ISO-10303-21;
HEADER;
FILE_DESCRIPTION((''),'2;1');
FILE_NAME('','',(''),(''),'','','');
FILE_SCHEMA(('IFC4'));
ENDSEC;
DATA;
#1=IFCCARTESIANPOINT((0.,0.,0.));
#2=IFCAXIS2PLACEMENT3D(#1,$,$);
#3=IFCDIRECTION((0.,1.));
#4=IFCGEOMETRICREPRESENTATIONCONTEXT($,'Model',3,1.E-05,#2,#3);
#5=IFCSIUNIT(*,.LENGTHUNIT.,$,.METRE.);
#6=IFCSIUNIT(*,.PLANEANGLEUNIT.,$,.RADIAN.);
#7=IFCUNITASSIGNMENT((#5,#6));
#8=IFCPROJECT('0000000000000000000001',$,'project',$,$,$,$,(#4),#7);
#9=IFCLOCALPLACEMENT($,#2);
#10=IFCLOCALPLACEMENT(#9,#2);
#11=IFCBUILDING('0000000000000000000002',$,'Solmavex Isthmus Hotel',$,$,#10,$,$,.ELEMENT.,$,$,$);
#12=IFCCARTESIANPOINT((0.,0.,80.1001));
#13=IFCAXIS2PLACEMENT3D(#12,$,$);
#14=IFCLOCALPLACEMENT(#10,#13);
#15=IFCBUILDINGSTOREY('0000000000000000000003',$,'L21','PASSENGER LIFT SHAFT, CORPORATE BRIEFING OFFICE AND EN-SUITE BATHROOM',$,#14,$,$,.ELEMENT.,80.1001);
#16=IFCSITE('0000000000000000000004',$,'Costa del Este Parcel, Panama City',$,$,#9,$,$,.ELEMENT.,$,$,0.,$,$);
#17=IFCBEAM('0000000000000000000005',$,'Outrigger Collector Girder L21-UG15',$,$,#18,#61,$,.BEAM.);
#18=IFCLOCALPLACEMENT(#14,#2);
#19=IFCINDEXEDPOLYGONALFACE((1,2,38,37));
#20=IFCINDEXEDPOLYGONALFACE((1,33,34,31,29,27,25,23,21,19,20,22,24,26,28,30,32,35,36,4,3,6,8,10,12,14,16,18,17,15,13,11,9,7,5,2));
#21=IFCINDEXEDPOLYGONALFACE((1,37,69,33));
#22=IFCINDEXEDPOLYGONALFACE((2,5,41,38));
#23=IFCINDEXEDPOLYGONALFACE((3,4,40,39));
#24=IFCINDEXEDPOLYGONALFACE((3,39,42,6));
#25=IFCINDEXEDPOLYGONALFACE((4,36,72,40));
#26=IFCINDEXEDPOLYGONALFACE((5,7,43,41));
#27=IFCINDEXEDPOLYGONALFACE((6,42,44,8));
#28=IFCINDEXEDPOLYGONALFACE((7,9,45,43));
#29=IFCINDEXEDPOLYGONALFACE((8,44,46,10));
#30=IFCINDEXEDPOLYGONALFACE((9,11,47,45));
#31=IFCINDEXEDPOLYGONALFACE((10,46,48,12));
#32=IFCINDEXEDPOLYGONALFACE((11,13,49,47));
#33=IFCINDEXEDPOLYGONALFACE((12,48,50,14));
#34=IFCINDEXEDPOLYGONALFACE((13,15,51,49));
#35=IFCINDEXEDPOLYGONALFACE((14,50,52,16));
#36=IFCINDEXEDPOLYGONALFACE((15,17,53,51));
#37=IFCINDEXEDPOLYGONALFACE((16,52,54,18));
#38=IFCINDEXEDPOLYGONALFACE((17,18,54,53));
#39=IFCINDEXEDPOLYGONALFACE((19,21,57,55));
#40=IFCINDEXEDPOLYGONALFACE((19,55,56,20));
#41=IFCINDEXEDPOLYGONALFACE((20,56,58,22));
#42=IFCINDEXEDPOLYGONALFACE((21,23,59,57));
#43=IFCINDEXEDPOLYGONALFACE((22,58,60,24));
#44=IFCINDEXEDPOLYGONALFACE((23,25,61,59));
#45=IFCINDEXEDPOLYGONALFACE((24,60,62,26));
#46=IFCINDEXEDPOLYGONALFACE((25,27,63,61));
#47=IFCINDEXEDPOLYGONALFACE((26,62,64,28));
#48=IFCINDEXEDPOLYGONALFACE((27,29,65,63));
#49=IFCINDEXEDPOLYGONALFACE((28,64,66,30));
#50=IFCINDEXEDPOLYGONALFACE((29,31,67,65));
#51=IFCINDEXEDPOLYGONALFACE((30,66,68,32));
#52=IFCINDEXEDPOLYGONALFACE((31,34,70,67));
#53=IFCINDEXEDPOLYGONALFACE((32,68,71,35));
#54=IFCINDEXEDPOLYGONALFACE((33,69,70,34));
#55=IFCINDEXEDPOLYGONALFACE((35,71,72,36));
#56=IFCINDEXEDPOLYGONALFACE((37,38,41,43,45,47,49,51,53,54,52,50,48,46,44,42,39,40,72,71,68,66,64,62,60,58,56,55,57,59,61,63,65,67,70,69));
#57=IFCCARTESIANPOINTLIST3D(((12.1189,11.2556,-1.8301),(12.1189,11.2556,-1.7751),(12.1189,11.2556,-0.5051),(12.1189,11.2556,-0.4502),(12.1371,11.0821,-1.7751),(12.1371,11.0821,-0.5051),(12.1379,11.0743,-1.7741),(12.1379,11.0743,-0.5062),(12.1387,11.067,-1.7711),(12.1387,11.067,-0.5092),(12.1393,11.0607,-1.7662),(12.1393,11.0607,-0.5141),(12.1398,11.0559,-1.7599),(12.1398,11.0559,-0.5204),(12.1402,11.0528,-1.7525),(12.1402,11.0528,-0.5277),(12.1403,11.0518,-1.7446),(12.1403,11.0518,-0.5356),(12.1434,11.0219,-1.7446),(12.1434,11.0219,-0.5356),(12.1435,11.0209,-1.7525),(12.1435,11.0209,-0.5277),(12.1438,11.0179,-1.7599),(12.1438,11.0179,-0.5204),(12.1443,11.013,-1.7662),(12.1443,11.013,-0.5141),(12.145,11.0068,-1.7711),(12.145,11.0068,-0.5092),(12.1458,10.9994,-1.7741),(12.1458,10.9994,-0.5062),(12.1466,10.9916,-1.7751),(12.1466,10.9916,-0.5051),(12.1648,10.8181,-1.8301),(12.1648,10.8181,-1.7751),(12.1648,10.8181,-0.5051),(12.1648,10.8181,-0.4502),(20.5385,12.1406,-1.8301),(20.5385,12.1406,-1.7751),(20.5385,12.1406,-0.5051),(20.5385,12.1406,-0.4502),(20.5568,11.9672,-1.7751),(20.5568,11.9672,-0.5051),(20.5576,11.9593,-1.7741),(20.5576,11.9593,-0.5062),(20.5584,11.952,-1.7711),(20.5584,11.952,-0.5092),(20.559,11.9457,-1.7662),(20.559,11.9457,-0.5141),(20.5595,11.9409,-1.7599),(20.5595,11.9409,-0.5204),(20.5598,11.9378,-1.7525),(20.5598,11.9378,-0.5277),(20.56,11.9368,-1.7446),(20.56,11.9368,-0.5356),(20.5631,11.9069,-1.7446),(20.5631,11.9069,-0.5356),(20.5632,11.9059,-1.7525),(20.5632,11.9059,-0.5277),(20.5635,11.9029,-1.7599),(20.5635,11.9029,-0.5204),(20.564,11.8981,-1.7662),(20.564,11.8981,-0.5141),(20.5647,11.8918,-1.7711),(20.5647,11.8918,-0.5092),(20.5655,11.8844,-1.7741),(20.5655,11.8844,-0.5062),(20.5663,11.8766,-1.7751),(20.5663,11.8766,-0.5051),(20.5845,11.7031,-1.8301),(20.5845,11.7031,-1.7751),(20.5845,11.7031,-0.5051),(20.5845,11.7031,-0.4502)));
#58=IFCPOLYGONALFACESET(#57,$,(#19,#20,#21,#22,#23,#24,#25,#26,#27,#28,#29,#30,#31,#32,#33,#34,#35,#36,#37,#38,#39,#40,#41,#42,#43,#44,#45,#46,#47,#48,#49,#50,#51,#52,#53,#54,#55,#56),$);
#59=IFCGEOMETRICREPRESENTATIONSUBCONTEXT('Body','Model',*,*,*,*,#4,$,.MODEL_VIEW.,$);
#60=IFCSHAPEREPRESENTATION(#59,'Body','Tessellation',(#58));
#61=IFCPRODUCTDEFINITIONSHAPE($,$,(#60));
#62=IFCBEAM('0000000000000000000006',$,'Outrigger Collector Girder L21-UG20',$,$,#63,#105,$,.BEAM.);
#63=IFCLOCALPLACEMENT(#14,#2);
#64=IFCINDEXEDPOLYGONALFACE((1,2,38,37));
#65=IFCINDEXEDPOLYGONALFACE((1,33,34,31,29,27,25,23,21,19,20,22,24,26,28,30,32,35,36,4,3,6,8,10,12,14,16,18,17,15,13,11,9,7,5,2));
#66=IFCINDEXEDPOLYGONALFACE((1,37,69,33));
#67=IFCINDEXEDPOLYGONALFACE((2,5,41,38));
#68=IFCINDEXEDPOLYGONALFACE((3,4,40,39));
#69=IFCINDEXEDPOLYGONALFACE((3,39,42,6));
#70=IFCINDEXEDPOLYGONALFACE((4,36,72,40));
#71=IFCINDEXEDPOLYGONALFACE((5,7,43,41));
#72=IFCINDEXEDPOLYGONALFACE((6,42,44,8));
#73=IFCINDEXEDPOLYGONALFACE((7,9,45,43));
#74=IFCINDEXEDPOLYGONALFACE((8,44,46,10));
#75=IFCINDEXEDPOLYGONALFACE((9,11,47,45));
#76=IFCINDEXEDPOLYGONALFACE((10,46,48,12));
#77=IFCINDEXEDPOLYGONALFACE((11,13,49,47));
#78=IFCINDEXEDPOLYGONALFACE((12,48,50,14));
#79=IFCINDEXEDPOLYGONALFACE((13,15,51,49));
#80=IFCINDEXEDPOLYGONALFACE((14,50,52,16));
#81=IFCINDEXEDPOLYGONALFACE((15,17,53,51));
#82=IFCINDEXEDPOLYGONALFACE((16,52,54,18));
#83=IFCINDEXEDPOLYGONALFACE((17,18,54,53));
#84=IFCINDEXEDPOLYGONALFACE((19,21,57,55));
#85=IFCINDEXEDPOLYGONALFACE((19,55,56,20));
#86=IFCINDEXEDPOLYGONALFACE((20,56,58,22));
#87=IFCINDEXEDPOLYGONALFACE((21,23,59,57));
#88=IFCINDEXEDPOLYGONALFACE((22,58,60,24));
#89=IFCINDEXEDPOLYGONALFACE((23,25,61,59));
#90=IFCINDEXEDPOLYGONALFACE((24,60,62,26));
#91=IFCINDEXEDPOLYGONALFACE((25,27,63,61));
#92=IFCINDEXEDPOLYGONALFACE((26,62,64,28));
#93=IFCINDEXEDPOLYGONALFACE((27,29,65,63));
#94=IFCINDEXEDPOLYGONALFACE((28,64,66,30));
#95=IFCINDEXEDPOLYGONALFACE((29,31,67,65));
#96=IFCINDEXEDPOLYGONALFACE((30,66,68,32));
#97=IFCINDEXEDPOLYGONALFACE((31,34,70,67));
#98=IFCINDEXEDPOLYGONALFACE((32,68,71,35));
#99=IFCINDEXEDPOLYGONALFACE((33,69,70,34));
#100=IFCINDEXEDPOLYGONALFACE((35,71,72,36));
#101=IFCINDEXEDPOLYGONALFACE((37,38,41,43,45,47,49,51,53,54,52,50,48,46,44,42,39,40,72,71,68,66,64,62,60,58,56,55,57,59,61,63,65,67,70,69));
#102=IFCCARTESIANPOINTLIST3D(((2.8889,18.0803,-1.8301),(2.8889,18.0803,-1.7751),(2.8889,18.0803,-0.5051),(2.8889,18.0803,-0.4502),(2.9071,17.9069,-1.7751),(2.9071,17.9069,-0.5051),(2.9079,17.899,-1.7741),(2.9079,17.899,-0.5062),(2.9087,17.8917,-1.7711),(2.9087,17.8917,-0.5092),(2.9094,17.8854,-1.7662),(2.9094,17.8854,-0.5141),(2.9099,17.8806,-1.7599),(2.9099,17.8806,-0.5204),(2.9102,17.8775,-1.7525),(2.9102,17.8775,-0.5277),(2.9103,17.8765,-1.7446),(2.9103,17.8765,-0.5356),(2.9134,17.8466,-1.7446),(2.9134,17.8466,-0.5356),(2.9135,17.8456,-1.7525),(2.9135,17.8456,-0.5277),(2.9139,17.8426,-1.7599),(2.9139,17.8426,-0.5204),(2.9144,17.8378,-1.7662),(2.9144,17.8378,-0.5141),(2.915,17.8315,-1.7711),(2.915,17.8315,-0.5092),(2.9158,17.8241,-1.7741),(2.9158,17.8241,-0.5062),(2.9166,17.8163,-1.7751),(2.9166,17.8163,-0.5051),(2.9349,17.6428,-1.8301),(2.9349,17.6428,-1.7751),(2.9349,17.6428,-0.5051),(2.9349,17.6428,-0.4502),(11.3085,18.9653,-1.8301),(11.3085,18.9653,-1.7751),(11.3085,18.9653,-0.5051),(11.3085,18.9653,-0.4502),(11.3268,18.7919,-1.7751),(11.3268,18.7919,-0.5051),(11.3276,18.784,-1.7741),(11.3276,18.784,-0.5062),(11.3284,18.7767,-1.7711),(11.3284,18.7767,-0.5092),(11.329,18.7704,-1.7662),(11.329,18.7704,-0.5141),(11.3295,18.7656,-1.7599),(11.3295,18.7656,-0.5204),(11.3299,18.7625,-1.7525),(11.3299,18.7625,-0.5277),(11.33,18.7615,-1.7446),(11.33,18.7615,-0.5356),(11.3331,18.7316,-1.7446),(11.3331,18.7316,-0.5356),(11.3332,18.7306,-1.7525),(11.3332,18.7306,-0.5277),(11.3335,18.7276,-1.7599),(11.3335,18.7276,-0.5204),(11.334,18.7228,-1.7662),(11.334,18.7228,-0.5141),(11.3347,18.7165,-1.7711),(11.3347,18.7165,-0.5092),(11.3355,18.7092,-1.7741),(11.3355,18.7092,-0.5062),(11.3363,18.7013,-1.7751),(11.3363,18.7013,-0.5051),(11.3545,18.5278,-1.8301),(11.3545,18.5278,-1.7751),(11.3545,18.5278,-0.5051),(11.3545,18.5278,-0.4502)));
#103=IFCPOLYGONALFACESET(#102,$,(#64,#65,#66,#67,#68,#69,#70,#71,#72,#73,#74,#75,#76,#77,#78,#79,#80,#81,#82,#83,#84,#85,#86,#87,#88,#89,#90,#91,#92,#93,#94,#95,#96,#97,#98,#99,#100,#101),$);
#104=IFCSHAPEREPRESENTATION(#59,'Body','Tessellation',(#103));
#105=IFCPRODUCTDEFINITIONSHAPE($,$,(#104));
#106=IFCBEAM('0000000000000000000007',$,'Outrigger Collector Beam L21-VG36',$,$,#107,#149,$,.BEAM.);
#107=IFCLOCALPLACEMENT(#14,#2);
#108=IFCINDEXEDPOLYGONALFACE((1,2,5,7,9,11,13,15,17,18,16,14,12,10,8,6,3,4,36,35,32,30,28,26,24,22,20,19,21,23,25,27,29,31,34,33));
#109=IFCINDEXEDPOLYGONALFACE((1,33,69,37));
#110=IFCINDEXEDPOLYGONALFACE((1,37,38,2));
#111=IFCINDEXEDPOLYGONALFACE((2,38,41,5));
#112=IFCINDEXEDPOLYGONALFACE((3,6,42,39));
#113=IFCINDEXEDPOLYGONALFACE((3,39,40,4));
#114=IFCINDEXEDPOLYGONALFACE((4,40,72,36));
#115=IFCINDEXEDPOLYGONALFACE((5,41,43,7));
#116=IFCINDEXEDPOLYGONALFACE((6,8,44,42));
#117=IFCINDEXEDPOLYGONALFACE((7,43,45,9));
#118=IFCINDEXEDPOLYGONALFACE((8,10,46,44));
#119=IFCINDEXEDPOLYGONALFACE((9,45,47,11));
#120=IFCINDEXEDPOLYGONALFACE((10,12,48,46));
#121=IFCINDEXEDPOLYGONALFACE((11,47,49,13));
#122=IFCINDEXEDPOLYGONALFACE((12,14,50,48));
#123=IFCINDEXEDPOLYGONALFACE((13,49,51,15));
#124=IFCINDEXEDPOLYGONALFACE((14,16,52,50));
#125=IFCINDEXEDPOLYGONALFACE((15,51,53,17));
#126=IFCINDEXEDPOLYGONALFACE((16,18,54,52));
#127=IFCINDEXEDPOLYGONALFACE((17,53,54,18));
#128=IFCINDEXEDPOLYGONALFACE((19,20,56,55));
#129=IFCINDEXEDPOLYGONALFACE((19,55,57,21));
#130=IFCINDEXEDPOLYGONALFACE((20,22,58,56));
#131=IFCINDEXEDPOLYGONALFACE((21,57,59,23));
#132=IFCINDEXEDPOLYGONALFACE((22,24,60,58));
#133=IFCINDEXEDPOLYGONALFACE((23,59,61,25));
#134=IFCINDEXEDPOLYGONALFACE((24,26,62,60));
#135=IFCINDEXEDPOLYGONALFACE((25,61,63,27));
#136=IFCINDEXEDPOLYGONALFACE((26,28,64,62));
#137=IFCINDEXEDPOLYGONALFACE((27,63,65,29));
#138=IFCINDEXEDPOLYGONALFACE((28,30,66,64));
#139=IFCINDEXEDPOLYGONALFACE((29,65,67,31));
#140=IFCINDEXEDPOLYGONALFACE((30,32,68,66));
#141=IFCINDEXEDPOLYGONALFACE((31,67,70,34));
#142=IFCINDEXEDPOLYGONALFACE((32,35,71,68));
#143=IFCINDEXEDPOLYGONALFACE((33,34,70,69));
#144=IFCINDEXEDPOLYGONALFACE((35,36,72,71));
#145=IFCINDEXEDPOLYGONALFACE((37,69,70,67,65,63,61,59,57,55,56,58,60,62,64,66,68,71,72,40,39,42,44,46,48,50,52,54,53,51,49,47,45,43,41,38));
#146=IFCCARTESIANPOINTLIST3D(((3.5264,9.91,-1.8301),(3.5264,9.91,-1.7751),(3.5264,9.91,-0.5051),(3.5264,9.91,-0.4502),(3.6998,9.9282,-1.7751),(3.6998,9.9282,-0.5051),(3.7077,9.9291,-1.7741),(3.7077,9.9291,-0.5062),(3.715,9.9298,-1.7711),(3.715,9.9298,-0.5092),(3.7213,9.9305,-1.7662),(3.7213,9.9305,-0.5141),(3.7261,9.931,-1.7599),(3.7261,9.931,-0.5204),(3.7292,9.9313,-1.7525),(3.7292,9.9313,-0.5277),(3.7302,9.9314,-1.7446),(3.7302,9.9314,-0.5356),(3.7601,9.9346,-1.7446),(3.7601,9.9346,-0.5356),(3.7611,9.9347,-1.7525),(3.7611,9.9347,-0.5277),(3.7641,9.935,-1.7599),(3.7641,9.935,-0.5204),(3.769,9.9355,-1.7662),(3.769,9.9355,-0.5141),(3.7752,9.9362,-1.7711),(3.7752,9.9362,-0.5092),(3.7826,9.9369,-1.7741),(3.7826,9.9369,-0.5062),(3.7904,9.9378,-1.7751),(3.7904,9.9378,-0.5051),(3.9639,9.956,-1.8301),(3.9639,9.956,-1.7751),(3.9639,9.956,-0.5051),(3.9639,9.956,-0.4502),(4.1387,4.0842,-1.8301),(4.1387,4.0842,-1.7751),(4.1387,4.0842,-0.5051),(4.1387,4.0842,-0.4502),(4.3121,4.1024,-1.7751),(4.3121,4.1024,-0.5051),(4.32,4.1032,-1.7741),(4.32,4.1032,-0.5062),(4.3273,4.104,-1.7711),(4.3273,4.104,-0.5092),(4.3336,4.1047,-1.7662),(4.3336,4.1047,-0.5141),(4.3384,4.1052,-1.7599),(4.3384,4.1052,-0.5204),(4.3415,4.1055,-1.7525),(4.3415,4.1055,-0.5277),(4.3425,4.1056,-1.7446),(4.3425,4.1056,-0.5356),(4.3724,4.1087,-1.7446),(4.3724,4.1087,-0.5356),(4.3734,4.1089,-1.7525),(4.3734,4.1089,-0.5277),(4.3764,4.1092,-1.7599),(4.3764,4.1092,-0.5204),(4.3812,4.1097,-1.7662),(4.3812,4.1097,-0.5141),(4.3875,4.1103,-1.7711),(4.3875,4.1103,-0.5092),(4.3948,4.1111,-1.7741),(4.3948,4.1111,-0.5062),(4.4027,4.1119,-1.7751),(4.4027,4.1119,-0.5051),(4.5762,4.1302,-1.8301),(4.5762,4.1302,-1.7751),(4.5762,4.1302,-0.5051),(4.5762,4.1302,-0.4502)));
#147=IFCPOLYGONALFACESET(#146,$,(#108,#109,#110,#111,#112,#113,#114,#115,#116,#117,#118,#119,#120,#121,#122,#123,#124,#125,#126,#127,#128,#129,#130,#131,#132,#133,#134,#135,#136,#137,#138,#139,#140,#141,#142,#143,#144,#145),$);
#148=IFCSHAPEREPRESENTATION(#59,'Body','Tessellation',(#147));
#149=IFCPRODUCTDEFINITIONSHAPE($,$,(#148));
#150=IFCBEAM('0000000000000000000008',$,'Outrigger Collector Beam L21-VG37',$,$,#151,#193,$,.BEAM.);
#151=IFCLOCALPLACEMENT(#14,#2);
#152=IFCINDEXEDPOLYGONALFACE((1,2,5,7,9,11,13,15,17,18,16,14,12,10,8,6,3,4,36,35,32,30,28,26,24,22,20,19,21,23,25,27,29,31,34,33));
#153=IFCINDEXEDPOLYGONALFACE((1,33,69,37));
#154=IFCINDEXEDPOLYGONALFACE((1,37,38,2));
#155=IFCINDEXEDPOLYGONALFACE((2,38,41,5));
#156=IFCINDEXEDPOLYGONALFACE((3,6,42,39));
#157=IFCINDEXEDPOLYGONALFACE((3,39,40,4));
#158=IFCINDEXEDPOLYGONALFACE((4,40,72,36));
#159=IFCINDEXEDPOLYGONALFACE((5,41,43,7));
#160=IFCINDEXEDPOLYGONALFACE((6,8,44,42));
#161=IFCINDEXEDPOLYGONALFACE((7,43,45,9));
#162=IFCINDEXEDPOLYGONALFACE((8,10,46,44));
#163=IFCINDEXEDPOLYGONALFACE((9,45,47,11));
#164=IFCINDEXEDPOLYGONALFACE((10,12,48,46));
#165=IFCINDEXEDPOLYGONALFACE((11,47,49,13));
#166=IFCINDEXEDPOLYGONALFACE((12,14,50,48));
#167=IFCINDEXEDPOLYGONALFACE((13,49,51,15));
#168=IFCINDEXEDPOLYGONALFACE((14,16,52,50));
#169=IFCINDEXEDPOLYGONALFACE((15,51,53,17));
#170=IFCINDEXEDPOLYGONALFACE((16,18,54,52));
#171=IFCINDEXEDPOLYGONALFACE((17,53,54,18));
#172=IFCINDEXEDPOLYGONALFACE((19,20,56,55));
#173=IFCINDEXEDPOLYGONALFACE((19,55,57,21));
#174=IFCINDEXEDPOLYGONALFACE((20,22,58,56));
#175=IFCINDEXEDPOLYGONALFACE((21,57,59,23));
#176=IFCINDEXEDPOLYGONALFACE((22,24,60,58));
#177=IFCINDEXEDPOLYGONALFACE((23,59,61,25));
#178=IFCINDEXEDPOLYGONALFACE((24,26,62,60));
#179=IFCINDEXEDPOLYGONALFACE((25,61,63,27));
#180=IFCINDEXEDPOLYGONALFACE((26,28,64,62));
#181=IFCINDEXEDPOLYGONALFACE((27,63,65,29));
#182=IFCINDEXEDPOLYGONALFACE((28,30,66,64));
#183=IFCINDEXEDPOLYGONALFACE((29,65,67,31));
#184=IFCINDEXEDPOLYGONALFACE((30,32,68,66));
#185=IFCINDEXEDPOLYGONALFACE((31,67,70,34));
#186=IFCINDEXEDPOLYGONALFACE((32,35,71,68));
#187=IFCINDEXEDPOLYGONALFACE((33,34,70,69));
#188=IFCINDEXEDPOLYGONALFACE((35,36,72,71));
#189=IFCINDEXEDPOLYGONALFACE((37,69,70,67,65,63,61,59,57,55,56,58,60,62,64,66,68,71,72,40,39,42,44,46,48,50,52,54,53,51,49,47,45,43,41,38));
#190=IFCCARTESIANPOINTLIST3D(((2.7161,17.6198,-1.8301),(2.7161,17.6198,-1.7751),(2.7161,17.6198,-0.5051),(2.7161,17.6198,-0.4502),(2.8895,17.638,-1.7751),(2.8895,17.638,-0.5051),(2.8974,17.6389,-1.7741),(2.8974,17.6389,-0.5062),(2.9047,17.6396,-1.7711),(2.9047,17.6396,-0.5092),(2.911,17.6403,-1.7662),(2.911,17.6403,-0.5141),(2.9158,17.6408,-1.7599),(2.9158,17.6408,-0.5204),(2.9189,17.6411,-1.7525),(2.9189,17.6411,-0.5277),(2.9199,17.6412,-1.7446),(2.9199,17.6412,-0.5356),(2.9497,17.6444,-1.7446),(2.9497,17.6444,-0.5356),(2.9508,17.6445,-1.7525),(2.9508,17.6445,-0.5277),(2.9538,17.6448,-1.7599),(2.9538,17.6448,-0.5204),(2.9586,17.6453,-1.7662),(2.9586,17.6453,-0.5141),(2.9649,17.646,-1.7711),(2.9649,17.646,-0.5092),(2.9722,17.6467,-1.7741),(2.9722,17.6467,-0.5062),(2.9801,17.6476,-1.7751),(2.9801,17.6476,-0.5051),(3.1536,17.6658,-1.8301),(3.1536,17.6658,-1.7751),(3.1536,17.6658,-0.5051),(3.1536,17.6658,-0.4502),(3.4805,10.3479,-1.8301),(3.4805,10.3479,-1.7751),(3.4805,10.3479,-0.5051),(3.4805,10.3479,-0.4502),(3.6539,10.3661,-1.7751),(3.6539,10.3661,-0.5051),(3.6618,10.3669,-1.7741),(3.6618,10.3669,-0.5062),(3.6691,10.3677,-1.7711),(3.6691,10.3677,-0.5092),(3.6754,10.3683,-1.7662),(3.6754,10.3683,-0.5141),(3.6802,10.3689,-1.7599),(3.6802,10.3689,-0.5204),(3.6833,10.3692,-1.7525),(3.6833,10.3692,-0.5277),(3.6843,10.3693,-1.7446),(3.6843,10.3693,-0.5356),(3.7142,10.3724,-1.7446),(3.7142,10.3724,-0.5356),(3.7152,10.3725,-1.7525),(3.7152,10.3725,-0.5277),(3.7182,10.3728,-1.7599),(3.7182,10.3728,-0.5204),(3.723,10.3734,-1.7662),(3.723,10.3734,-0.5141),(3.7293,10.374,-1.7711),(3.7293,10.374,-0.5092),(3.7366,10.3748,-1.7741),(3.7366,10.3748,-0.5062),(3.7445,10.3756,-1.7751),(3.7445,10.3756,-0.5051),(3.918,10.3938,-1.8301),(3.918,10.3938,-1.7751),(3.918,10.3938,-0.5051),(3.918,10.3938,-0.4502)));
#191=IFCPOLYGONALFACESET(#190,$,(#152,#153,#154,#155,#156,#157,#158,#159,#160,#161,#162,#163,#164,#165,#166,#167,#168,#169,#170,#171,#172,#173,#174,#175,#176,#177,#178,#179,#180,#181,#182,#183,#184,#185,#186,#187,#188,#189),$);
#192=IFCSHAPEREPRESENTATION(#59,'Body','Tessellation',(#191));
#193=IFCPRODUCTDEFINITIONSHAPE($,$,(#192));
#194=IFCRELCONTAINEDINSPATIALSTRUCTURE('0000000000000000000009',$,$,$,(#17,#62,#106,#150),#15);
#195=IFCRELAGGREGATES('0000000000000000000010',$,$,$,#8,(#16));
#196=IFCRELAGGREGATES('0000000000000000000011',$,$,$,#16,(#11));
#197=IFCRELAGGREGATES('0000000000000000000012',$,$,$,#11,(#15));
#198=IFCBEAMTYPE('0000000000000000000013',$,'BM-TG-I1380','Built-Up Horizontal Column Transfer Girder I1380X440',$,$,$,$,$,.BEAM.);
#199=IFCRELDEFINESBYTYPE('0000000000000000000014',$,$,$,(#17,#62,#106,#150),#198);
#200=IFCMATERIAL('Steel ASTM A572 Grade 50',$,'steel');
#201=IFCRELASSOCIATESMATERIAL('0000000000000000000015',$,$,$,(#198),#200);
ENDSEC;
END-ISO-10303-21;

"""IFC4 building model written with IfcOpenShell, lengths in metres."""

from ifc_helpers import new_model, si_unit, direction, frame, origin, origin_2d, place, context, subcontext, project, spatial, i_section, extrude, material, material_profile, profile_set, type_object, element, save


model = new_model("IFC4")

# Units and contexts
model_context = context("Model", 3, precision=1e-05, world=origin(), true_north=direction((0.0, 1.0)))
body_context = subcontext(model_context, "Body", "Model", "MODEL_VIEW")
ifc_project = project(units=[si_unit("LENGTHUNIT", "METRE"), si_unit("PLANEANGLEUNIT", "RADIAN")], contexts=[model_context])

# Site, building, storey
site_placement = place(None, origin())
site = spatial("IfcSite", under=ifc_project, at=site_placement, Name="Costa del Este Parcel, Panama City", CompositionType="ELEMENT", RefElevation=0.0)
building_placement = place(site_placement, origin())
building = spatial("IfcBuilding", under=site, at=building_placement, Name="Solmavex Isthmus Hotel", CompositionType="ELEMENT")
storey_placement = place(building_placement, frame((0.0, 0.0, 80.1001)))
storey = spatial("IfcBuildingStorey", under=building, at=storey_placement, Name="L21", Description="PASSENGER LIFT SHAFT, CORPORATE BRIEFING OFFICE AND EN-SUITE BATHROOM", CompositionType="ELEMENT", Elevation=80.1001)

# Beams
ifc_material_1 = material(Name="Steel ASTM A572 Grade 50", Category="steel")
ifc_material_profile_1 = material_profile(ifc_material_1, i_section(OverallWidth=0.4399, OverallDepth=1.3799, WebThickness=0.03, FlangeThickness=0.0549, FilletRadius=0.0305, at=origin_2d()), Name="I1380X440")
ifc_profile_set_1 = profile_set([ifc_material_profile_1], Name="Steel ASTM A572 Grade 50")
beam_type_1 = type_object("IfcBeamType", Name="BM-TG-I1380", Description="Built-Up Horizontal Column Transfer Girder I1380X440", PredefinedType="BEAM", material=ifc_profile_set_1)
for number, where, z_axis, x_axis, name in (
    (1, (12.1418, 11.0369, -1.1401), (0.994521, 0.104536, 0.0), (-0.104536, 0.994521, 0.0), "Outrigger Collector Girder L21-UG15"),
    (2, (2.9119, 17.8616, -1.1401), (0.994521, 0.104536, 0.0), (-0.104536, 0.994521, 0.0), "Outrigger Collector Girder L21-UG20"),
):
    element("IfcBeam", number, at=place(storey_placement, frame(where, z_axis=z_axis, x_axis=x_axis)), inside=storey, type_object=beam_type_1, Name=name, PredefinedType="BEAM", context=body_context, shape_type="SweptSolid", body=[
        extrude(i_section(OverallWidth=0.4399, OverallDepth=1.3799, WebThickness=0.03, FlangeThickness=0.0549, FilletRadius=0.0305, at=origin_2d()), origin(), (0.0, 0.0, 1.0), 8.4661),
    ])
beam_1_placement = place(storey_placement, frame((4.3574, 4.1072, -1.1401), z_axis=(-0.104524, 0.994522, 0.0), x_axis=(-0.994522, -0.104524, 0.0)))
element("IfcBeam", 3, at=beam_1_placement, inside=storey, type_object=beam_type_1, Name="Outrigger Collector Beam L21-VG36", PredefinedType="BEAM", context=body_context, shape_type="SweptSolid", body=[
    extrude(i_section(OverallWidth=0.4399, OverallDepth=1.3799, WebThickness=0.03, FlangeThickness=0.0549, FilletRadius=0.0305, at=origin_2d()), origin(), (0.0, 0.0, 1.0), 5.8579),
])
beam_2_placement = place(storey_placement, frame((3.6992, 10.3708, -1.1401), z_axis=(-0.104541, 0.994521, 0.0), x_axis=(-0.994521, -0.104541, 0.0)))
element("IfcBeam", 4, at=beam_2_placement, inside=storey, type_object=beam_type_1, Name="Outrigger Collector Beam L21-VG37", PredefinedType="BEAM", context=body_context, shape_type="SweptSolid", body=[
    extrude(i_section(OverallWidth=0.4399, OverallDepth=1.3799, WebThickness=0.03, FlangeThickness=0.0549, FilletRadius=0.0305, at=origin_2d()), origin(), (0.0, 0.0, 1.0), 7.312),
])

save(model, "model.ifc")
